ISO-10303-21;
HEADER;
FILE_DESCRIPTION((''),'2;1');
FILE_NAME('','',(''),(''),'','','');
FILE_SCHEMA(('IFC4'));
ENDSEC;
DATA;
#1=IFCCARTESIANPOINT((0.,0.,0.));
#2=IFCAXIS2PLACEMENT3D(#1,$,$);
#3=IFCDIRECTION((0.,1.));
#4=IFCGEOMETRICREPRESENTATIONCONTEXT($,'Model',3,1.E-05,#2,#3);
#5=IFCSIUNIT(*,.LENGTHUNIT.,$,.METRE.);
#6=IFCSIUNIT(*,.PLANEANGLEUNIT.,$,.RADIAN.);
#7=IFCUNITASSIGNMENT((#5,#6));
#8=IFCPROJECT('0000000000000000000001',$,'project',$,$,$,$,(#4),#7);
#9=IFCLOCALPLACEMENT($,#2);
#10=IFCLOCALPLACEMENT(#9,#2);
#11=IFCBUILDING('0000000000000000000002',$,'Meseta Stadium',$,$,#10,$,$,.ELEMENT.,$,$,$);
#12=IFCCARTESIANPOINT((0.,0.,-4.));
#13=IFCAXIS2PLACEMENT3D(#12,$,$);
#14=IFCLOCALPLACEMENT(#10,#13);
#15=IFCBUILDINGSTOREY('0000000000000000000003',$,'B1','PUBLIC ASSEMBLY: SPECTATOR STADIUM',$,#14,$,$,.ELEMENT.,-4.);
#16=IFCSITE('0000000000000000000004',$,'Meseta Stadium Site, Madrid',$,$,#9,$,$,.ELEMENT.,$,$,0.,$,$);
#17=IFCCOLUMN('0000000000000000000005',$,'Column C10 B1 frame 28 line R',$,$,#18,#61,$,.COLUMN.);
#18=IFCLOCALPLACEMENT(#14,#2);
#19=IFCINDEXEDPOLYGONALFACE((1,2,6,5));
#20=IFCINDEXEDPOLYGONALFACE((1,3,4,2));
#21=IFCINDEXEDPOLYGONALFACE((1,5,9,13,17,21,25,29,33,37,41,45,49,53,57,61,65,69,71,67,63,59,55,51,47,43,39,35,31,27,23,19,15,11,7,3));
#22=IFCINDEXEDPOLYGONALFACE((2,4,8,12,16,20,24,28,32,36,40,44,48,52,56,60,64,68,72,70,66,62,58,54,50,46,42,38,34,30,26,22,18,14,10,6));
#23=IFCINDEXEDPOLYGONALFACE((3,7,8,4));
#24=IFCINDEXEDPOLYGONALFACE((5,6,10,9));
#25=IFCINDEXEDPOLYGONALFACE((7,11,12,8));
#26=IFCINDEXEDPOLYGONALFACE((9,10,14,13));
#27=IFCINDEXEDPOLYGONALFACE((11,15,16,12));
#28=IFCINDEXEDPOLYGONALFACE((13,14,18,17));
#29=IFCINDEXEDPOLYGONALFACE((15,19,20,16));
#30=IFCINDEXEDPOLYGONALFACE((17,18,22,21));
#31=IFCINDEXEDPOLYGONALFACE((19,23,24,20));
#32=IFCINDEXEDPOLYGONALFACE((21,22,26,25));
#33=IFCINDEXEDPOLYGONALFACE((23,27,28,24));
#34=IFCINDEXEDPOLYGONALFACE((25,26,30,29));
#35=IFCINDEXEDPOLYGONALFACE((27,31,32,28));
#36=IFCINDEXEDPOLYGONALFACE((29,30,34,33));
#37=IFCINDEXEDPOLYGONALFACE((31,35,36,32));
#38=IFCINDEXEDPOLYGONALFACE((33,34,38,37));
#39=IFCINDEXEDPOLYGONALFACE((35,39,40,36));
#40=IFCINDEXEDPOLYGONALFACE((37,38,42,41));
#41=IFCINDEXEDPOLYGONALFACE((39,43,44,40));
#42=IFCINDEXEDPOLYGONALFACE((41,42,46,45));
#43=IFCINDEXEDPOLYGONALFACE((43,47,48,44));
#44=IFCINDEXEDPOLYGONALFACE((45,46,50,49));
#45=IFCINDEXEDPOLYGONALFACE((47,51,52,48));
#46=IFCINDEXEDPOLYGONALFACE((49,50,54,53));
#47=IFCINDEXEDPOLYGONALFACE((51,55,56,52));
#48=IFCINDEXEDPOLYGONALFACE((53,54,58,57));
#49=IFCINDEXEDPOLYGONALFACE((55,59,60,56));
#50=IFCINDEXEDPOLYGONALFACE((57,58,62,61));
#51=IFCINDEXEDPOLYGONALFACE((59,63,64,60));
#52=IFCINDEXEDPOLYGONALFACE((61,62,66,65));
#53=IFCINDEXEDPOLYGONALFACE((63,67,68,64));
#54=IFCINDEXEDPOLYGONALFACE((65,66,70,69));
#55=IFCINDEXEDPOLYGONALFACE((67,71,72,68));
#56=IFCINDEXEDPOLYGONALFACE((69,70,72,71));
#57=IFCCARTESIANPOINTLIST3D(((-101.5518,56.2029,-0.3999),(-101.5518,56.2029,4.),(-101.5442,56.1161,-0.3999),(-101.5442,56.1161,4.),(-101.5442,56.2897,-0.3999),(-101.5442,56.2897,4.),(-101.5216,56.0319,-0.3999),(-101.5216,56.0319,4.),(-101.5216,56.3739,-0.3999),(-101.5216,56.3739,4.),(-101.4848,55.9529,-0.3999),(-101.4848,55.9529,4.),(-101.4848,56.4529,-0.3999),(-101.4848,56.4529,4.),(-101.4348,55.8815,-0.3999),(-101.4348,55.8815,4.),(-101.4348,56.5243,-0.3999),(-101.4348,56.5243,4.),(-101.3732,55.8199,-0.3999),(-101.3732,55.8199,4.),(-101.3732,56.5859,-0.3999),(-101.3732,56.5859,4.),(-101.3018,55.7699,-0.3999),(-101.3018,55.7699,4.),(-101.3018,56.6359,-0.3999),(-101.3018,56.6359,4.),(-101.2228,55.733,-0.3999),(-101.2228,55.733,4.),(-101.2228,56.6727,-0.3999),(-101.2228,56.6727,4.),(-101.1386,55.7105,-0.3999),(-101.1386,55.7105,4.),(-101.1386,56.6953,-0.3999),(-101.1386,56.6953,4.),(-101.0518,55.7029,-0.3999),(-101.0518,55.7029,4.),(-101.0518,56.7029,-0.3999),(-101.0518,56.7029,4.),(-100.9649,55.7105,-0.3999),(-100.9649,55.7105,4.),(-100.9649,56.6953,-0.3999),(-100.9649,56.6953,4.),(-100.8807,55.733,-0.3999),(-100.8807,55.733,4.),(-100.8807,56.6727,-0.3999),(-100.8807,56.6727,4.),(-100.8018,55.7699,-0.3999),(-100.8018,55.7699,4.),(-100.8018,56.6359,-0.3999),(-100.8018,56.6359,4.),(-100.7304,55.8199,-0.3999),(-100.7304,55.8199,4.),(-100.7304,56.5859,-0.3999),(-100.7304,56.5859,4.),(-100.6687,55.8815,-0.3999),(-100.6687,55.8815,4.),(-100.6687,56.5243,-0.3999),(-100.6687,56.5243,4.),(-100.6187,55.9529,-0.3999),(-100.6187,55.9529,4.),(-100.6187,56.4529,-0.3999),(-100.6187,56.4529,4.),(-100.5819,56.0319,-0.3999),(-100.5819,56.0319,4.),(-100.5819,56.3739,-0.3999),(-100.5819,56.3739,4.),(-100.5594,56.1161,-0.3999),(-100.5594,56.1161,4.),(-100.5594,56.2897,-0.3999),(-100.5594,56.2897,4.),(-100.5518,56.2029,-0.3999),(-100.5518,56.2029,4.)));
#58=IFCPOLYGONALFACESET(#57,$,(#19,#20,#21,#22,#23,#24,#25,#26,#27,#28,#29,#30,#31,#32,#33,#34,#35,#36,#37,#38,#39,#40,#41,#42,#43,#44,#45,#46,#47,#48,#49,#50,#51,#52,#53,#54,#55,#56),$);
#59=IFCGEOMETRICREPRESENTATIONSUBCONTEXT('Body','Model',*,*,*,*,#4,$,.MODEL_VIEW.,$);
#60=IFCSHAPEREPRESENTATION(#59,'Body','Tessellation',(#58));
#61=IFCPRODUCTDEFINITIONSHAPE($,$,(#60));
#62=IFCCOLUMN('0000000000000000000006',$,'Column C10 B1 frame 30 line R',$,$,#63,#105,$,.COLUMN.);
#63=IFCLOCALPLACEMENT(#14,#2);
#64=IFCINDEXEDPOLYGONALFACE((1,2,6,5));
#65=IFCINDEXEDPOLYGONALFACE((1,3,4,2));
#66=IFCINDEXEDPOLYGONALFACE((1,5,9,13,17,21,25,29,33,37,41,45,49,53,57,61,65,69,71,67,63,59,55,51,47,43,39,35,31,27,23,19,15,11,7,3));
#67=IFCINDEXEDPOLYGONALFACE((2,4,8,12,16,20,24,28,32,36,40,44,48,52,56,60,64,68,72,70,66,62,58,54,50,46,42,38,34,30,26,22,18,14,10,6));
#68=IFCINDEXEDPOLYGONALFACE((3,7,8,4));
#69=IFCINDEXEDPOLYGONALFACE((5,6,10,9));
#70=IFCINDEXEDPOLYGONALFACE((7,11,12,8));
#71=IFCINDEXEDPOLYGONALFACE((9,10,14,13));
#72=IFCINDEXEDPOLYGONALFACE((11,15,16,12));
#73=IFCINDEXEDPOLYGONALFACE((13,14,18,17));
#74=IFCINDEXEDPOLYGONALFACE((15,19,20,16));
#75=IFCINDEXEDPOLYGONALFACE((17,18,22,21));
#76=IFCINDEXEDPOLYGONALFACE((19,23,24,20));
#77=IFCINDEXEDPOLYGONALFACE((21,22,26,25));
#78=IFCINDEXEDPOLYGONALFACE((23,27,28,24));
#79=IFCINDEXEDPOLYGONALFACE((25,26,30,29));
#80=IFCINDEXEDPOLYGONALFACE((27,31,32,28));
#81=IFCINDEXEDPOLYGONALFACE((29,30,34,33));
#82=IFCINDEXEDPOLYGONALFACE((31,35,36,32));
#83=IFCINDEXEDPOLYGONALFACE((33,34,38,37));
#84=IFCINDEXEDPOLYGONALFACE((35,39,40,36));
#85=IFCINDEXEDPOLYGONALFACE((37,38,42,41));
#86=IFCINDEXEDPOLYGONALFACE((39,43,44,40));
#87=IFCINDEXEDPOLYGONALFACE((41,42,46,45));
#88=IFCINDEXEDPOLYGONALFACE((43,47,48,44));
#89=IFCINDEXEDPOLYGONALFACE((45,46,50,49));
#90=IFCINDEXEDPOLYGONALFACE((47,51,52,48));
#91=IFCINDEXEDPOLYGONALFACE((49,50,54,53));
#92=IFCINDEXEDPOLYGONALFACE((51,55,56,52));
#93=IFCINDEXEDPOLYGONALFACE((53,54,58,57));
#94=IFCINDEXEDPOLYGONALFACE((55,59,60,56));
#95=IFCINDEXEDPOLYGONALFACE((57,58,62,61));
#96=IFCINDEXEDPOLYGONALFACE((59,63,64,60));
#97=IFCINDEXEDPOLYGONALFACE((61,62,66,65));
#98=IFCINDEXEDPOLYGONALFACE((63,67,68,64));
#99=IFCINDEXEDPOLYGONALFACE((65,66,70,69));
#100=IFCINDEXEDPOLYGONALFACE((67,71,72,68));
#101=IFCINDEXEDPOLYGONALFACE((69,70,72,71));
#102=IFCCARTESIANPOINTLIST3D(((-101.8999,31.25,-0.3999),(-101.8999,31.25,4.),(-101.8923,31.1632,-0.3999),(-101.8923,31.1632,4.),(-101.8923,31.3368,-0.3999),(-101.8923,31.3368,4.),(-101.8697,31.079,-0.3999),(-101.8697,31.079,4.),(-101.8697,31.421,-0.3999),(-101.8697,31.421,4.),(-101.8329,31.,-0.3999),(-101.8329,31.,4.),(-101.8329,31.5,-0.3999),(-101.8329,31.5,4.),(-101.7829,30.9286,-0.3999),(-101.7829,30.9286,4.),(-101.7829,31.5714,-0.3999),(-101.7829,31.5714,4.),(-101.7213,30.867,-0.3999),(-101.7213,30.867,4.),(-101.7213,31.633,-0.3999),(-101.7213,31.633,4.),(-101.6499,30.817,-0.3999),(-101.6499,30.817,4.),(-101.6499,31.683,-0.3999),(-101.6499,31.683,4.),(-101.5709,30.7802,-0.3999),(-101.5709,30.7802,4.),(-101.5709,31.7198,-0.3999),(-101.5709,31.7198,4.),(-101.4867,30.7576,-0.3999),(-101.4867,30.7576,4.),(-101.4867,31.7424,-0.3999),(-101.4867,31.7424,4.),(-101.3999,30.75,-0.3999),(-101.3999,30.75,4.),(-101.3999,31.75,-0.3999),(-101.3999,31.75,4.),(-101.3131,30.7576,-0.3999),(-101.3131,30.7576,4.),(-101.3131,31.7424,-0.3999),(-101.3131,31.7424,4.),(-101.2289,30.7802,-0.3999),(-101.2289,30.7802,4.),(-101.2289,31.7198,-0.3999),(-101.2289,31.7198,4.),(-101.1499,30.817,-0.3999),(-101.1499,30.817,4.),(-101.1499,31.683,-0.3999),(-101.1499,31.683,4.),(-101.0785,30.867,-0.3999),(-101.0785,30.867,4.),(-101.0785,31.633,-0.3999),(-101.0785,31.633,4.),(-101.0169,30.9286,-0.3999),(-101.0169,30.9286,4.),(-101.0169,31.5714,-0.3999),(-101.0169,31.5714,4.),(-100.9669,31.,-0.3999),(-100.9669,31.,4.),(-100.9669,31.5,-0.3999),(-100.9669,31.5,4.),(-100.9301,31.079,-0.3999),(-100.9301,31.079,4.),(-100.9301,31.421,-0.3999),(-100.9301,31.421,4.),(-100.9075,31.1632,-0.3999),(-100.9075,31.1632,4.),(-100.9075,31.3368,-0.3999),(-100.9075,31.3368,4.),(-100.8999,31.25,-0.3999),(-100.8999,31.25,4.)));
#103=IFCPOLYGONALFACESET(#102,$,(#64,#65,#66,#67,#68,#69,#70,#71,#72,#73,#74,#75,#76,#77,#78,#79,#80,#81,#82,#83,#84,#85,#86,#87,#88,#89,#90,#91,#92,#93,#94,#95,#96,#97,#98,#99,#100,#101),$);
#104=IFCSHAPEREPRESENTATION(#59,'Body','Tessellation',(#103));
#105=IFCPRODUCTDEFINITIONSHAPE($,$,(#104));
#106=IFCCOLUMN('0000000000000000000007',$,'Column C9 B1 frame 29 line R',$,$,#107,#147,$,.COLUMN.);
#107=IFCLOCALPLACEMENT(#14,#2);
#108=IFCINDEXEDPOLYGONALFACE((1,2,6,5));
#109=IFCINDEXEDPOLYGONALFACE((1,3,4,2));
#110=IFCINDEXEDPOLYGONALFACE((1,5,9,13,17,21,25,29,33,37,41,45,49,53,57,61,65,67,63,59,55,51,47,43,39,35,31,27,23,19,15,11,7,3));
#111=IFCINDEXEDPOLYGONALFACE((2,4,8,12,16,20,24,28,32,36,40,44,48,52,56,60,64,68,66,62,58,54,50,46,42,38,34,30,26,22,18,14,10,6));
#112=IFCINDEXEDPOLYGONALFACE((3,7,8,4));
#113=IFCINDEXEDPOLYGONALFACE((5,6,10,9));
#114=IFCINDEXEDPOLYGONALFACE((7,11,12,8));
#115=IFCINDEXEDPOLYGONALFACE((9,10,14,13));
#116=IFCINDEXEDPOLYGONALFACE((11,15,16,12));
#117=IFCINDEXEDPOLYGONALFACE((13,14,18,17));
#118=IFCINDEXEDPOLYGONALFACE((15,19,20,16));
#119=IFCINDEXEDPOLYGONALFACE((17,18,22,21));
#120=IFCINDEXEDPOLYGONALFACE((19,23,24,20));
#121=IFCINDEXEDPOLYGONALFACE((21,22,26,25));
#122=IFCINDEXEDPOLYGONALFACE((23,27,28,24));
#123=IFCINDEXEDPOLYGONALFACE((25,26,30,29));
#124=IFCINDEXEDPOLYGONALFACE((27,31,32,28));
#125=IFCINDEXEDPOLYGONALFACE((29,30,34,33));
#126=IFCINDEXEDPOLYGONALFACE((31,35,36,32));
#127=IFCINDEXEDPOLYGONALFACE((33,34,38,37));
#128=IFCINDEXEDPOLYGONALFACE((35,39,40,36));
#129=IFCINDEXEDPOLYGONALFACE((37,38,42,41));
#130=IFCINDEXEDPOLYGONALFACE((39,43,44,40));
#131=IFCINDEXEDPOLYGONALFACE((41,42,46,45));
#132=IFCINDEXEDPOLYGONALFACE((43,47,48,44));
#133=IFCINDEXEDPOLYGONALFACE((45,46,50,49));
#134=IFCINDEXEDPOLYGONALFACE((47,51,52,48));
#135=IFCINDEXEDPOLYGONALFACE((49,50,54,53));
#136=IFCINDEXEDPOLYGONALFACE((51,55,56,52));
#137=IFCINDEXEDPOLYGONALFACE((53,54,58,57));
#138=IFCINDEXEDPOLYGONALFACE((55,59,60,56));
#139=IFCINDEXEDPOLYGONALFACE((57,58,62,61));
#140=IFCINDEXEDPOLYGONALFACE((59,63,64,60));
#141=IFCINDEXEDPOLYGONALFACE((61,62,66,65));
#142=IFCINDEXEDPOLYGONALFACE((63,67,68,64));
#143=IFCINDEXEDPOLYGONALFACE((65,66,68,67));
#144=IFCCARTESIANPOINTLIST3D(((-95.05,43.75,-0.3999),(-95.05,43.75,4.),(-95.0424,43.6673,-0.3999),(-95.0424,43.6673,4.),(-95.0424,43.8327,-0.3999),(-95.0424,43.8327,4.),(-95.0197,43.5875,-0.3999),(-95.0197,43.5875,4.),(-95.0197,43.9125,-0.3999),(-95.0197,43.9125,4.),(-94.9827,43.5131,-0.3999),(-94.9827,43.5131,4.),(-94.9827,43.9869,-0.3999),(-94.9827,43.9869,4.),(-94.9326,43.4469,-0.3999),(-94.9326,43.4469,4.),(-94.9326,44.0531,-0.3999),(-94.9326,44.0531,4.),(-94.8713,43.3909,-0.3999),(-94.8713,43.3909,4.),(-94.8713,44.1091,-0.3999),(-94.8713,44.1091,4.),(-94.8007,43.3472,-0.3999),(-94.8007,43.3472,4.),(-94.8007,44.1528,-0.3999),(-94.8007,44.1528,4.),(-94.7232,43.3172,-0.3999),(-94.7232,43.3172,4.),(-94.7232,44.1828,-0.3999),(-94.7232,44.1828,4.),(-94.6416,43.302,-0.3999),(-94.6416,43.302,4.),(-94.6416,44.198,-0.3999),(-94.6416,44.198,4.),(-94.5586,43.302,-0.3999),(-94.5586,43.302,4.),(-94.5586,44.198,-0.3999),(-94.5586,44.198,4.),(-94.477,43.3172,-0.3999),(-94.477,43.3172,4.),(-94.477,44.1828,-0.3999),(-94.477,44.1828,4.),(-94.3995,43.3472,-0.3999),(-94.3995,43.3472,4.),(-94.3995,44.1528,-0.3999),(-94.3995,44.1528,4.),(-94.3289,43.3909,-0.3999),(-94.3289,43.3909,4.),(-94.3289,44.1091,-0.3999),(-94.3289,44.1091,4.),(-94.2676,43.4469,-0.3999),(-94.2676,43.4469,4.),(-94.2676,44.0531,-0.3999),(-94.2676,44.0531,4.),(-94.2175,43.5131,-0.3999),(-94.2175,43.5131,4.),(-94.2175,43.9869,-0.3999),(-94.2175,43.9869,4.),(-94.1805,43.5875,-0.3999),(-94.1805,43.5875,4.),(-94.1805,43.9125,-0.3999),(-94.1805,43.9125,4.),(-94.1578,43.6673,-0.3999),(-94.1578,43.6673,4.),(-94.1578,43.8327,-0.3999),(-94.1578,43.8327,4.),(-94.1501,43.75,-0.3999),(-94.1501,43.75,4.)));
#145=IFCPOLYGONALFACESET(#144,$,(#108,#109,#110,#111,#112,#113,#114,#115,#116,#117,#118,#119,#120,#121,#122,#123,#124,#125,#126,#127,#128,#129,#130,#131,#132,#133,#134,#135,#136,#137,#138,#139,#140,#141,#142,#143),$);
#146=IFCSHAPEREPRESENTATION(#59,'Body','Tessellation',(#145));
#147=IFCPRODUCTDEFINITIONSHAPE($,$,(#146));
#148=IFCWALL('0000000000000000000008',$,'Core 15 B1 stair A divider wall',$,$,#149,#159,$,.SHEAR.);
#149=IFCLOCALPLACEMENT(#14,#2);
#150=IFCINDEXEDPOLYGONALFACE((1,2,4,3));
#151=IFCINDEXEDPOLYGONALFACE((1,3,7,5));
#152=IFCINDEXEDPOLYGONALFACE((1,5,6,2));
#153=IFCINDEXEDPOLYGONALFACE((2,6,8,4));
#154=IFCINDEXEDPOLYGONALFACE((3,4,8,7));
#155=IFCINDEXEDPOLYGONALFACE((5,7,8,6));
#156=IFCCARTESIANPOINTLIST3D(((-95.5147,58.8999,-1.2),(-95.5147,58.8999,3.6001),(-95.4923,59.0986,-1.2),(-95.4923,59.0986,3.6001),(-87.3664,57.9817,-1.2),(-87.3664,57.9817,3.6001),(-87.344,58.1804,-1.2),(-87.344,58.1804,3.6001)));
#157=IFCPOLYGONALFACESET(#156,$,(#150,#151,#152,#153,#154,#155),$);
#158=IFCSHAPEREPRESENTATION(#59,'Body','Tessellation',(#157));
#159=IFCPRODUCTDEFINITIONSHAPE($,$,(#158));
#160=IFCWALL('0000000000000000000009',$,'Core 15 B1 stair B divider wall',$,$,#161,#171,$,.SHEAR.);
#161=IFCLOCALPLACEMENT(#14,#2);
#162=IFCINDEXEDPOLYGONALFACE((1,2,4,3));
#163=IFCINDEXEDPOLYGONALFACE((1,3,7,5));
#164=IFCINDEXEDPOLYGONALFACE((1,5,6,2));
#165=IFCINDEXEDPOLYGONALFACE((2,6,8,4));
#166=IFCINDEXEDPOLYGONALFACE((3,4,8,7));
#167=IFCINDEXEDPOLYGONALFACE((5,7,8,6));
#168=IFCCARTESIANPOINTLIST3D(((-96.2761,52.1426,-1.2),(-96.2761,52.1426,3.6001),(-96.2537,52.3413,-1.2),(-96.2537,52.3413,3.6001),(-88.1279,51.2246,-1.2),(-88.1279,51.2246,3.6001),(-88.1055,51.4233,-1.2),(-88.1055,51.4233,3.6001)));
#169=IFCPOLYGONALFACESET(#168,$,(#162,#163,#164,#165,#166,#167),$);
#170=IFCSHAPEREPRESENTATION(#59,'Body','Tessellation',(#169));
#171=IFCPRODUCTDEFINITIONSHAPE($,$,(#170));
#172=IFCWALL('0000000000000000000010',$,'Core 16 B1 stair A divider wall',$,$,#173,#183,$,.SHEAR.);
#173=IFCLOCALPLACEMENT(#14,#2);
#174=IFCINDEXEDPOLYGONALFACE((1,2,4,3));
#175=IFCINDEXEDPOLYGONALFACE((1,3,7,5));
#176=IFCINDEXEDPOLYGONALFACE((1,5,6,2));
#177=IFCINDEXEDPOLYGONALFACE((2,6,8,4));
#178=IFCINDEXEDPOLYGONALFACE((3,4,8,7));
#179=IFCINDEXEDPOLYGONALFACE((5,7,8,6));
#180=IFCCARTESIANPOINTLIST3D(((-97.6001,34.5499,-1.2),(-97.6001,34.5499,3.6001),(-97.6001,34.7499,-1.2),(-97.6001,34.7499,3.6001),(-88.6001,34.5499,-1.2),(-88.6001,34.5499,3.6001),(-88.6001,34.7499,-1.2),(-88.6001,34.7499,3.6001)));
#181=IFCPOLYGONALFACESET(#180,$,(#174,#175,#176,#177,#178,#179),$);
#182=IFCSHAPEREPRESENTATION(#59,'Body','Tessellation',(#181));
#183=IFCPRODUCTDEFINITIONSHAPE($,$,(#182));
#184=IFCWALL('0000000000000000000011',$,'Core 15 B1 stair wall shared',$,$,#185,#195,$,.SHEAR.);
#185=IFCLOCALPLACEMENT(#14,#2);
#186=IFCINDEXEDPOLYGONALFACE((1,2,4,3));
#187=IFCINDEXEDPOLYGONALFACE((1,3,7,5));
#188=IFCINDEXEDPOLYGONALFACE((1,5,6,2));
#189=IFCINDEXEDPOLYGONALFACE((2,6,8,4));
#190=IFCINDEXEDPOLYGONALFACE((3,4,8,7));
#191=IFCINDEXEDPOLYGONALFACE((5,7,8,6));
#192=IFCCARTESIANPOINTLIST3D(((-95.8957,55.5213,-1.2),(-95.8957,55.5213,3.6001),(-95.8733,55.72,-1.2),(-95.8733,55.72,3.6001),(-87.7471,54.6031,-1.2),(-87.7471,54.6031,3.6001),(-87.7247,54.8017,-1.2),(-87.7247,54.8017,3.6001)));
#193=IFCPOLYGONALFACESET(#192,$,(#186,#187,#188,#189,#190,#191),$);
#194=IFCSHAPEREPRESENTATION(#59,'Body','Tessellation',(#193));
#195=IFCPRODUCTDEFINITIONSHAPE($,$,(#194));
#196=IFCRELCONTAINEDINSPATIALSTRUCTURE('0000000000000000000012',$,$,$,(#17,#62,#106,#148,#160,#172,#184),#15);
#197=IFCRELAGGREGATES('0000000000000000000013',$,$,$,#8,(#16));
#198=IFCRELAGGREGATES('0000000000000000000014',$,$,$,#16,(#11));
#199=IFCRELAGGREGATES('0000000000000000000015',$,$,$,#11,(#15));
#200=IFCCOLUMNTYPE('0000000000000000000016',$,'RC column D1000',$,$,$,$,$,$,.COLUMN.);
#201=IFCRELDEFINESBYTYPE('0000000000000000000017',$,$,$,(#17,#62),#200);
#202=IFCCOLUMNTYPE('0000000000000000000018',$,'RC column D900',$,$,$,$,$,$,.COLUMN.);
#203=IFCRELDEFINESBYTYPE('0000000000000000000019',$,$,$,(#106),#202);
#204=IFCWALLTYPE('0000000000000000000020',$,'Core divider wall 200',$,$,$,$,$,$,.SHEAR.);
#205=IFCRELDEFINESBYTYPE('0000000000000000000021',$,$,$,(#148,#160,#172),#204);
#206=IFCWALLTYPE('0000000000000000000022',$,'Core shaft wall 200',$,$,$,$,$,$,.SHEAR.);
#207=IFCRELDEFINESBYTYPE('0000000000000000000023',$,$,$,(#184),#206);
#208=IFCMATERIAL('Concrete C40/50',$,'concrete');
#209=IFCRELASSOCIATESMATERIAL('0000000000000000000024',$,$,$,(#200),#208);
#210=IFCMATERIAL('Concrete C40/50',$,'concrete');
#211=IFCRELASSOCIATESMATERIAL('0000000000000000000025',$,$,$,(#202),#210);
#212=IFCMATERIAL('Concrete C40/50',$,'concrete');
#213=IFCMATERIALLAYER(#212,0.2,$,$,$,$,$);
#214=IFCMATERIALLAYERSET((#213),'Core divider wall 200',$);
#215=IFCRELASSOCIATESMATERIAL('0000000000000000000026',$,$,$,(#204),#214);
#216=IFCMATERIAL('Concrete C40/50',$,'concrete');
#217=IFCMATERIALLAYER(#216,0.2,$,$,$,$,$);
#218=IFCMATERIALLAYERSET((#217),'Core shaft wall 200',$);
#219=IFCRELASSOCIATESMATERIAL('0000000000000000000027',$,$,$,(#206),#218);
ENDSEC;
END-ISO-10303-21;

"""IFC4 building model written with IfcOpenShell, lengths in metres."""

from ifc_helpers import new_model, si_unit, direction, frame, frame_2d, origin, origin_2d, place, context, subcontext, project, spatial, rectangle, circle, extrude, material, layer, layer_set, material_profile, profile_set, type_object, element, save


model = new_model("IFC4")

# Units and contexts
model_context = context("Model", 3, precision=1e-05, world=origin(), true_north=direction((0.0, 1.0)))
body_context = subcontext(model_context, "Body", "Model", "MODEL_VIEW")
ifc_project = project(units=[si_unit("LENGTHUNIT", "METRE"), si_unit("PLANEANGLEUNIT", "RADIAN")], contexts=[model_context])

# Site, building, storey
site_placement = place(None, origin())
site = spatial("IfcSite", under=ifc_project, at=site_placement, Name="Meseta Stadium Site, Madrid", CompositionType="ELEMENT", RefElevation=0.0)
building_placement = place(site_placement, origin())
building = spatial("IfcBuilding", under=site, at=building_placement, Name="Meseta Stadium", CompositionType="ELEMENT")
storey_placement = place(building_placement, frame((0.0, 0.0, -4.0)))
storey = spatial("IfcBuildingStorey", under=building, at=storey_placement, Name="B1", Description="PUBLIC ASSEMBLY: SPECTATOR STADIUM", CompositionType="ELEMENT", Elevation=-4.0)

# Columns
ifc_material_1 = material(Name="Concrete C40/50", Category="concrete")
ifc_material_profile_1 = material_profile(ifc_material_1, circle(Radius=0.5, at=origin_2d()), Name="RC D1000")
ifc_profile_set_1 = profile_set([ifc_material_profile_1], Name="Concrete C40/50")
column_type_1 = type_object("IfcColumnType", Name="RC column D1000", PredefinedType="COLUMN", material=ifc_profile_set_1)
for number, where, z_axis, x_axis, name in (
    (1, (-101.0518, 56.2029, -0.3999), (0.0, 0.0, 1.0), (1.0, 0.0, 0.0), "Column C10 B1 frame 28 line R"),
    (2, (-101.3999, 31.25, -0.3999), (0.0, 0.0, 1.0), (1.0, 0.0, 0.0), "Column C10 B1 frame 30 line R"),
):
    element("IfcColumn", number, at=place(storey_placement, frame(where, z_axis=z_axis, x_axis=x_axis)), inside=storey, type_object=column_type_1, Name=name, PredefinedType="COLUMN", context=body_context, shape_type="SweptSolid", body=[
        extrude(circle(Radius=0.5, at=origin_2d()), origin(), (0.0, 0.0, 1.0), 4.3999),
    ])
ifc_material_2 = material(Name="Concrete C40/50", Category="concrete")
ifc_material_profile_2 = material_profile(ifc_material_2, circle(Radius=0.45, at=origin_2d()), Name="RC D900")
ifc_profile_set_2 = profile_set([ifc_material_profile_2], Name="Concrete C40/50")
column_type_2 = type_object("IfcColumnType", Name="RC column D900", PredefinedType="COLUMN", material=ifc_profile_set_2)
column_placement = place(storey_placement, frame((-94.6001, 43.75, -0.3999), z_axis=(0.0, 0.0, 1.0), x_axis=(1.0, 0.0, 0.0)))
element("IfcColumn", 3, at=column_placement, inside=storey, type_object=column_type_2, Name="Column C9 B1 frame 29 line R", PredefinedType="COLUMN", context=body_context, shape_type="SweptSolid", body=[
    extrude(circle(Radius=0.45, at=origin_2d()), origin(), (0.0, 0.0, 1.0), 4.3999),
])

# Walls
ifc_material_3 = material(Name="Concrete C40/50", Category="concrete")
ifc_layer_1 = layer(ifc_material_3, 0.2)
ifc_layer_set_1 = layer_set([ifc_layer_1], Name="Core divider wall 200")
wall_type_1 = type_object("IfcWallType", Name="Core divider wall 200", PredefinedType="SHEAR", material=ifc_layer_set_1)
wall_1_placement = place(storey_placement, frame((-95.5037, 58.9993, -1.2), z_axis=(0.0, 0.0, 1.0), x_axis=(0.993711, -0.111977, 0.0)))
element("IfcWall", 4, at=wall_1_placement, inside=storey, type_object=wall_type_1, Name="Core 15 B1 stair A divider wall", PredefinedType="SHEAR", context=body_context, shape_type="SweptSolid", body=[
    extrude(rectangle(XDim=8.2, YDim=0.2, at=frame_2d((4.1001, 0.0))), origin(), (0.0, 0.0, 1.0), 4.8),
])
wall_2_placement = place(storey_placement, frame((-96.2649, 52.2419, -1.2), z_axis=(0.0, 0.0, 1.0), x_axis=(0.993714, -0.111951, 0.0)))
element("IfcWall", 5, at=wall_2_placement, inside=storey, type_object=wall_type_1, Name="Core 15 B1 stair B divider wall", PredefinedType="SHEAR", context=body_context, shape_type="SweptSolid", body=[
    extrude(rectangle(XDim=8.1997, YDim=0.2, at=frame_2d((4.0999, 0.0))), origin(), (0.0, 0.0, 1.0), 4.8),
])
wall_3_placement = place(storey_placement, frame((-97.6001, 34.6499, -1.2), z_axis=(0.0, 0.0, 1.0), x_axis=(1.0, 0.0, 0.0)))
element("IfcWall", 6, at=wall_3_placement, inside=storey, type_object=wall_type_1, Name="Core 16 B1 stair A divider wall", PredefinedType="SHEAR", context=body_context, shape_type="SweptSolid", body=[
    extrude(rectangle(XDim=9.0, YDim=0.2, at=frame_2d((4.5, 0.0))), origin(), (0.0, 0.0, 1.0), 4.8),
])
ifc_material_4 = material(Name="Concrete C40/50", Category="concrete")
ifc_layer_2 = layer(ifc_material_4, 0.2)
ifc_layer_set_2 = layer_set([ifc_layer_2], Name="Core shaft wall 200")
wall_type_2 = type_object("IfcWallType", Name="Core shaft wall 200", PredefinedType="SHEAR", material=ifc_layer_set_2)
wall_4_placement = place(storey_placement, frame((-95.8845, 55.6206, -1.2), z_axis=(0.0, 0.0, 1.0), x_axis=(0.993711, -0.111974, 0.0)))
element("IfcWall", 7, at=wall_4_placement, inside=storey, type_object=wall_type_2, Name="Core 15 B1 stair wall shared", PredefinedType="SHEAR", context=body_context, shape_type="SweptSolid", body=[
    extrude(rectangle(XDim=8.2002, YDim=0.2, at=frame_2d((4.1001, 0.0))), origin(), (0.0, 0.0, 1.0), 4.8),
])

save(model, "model.ifc")
